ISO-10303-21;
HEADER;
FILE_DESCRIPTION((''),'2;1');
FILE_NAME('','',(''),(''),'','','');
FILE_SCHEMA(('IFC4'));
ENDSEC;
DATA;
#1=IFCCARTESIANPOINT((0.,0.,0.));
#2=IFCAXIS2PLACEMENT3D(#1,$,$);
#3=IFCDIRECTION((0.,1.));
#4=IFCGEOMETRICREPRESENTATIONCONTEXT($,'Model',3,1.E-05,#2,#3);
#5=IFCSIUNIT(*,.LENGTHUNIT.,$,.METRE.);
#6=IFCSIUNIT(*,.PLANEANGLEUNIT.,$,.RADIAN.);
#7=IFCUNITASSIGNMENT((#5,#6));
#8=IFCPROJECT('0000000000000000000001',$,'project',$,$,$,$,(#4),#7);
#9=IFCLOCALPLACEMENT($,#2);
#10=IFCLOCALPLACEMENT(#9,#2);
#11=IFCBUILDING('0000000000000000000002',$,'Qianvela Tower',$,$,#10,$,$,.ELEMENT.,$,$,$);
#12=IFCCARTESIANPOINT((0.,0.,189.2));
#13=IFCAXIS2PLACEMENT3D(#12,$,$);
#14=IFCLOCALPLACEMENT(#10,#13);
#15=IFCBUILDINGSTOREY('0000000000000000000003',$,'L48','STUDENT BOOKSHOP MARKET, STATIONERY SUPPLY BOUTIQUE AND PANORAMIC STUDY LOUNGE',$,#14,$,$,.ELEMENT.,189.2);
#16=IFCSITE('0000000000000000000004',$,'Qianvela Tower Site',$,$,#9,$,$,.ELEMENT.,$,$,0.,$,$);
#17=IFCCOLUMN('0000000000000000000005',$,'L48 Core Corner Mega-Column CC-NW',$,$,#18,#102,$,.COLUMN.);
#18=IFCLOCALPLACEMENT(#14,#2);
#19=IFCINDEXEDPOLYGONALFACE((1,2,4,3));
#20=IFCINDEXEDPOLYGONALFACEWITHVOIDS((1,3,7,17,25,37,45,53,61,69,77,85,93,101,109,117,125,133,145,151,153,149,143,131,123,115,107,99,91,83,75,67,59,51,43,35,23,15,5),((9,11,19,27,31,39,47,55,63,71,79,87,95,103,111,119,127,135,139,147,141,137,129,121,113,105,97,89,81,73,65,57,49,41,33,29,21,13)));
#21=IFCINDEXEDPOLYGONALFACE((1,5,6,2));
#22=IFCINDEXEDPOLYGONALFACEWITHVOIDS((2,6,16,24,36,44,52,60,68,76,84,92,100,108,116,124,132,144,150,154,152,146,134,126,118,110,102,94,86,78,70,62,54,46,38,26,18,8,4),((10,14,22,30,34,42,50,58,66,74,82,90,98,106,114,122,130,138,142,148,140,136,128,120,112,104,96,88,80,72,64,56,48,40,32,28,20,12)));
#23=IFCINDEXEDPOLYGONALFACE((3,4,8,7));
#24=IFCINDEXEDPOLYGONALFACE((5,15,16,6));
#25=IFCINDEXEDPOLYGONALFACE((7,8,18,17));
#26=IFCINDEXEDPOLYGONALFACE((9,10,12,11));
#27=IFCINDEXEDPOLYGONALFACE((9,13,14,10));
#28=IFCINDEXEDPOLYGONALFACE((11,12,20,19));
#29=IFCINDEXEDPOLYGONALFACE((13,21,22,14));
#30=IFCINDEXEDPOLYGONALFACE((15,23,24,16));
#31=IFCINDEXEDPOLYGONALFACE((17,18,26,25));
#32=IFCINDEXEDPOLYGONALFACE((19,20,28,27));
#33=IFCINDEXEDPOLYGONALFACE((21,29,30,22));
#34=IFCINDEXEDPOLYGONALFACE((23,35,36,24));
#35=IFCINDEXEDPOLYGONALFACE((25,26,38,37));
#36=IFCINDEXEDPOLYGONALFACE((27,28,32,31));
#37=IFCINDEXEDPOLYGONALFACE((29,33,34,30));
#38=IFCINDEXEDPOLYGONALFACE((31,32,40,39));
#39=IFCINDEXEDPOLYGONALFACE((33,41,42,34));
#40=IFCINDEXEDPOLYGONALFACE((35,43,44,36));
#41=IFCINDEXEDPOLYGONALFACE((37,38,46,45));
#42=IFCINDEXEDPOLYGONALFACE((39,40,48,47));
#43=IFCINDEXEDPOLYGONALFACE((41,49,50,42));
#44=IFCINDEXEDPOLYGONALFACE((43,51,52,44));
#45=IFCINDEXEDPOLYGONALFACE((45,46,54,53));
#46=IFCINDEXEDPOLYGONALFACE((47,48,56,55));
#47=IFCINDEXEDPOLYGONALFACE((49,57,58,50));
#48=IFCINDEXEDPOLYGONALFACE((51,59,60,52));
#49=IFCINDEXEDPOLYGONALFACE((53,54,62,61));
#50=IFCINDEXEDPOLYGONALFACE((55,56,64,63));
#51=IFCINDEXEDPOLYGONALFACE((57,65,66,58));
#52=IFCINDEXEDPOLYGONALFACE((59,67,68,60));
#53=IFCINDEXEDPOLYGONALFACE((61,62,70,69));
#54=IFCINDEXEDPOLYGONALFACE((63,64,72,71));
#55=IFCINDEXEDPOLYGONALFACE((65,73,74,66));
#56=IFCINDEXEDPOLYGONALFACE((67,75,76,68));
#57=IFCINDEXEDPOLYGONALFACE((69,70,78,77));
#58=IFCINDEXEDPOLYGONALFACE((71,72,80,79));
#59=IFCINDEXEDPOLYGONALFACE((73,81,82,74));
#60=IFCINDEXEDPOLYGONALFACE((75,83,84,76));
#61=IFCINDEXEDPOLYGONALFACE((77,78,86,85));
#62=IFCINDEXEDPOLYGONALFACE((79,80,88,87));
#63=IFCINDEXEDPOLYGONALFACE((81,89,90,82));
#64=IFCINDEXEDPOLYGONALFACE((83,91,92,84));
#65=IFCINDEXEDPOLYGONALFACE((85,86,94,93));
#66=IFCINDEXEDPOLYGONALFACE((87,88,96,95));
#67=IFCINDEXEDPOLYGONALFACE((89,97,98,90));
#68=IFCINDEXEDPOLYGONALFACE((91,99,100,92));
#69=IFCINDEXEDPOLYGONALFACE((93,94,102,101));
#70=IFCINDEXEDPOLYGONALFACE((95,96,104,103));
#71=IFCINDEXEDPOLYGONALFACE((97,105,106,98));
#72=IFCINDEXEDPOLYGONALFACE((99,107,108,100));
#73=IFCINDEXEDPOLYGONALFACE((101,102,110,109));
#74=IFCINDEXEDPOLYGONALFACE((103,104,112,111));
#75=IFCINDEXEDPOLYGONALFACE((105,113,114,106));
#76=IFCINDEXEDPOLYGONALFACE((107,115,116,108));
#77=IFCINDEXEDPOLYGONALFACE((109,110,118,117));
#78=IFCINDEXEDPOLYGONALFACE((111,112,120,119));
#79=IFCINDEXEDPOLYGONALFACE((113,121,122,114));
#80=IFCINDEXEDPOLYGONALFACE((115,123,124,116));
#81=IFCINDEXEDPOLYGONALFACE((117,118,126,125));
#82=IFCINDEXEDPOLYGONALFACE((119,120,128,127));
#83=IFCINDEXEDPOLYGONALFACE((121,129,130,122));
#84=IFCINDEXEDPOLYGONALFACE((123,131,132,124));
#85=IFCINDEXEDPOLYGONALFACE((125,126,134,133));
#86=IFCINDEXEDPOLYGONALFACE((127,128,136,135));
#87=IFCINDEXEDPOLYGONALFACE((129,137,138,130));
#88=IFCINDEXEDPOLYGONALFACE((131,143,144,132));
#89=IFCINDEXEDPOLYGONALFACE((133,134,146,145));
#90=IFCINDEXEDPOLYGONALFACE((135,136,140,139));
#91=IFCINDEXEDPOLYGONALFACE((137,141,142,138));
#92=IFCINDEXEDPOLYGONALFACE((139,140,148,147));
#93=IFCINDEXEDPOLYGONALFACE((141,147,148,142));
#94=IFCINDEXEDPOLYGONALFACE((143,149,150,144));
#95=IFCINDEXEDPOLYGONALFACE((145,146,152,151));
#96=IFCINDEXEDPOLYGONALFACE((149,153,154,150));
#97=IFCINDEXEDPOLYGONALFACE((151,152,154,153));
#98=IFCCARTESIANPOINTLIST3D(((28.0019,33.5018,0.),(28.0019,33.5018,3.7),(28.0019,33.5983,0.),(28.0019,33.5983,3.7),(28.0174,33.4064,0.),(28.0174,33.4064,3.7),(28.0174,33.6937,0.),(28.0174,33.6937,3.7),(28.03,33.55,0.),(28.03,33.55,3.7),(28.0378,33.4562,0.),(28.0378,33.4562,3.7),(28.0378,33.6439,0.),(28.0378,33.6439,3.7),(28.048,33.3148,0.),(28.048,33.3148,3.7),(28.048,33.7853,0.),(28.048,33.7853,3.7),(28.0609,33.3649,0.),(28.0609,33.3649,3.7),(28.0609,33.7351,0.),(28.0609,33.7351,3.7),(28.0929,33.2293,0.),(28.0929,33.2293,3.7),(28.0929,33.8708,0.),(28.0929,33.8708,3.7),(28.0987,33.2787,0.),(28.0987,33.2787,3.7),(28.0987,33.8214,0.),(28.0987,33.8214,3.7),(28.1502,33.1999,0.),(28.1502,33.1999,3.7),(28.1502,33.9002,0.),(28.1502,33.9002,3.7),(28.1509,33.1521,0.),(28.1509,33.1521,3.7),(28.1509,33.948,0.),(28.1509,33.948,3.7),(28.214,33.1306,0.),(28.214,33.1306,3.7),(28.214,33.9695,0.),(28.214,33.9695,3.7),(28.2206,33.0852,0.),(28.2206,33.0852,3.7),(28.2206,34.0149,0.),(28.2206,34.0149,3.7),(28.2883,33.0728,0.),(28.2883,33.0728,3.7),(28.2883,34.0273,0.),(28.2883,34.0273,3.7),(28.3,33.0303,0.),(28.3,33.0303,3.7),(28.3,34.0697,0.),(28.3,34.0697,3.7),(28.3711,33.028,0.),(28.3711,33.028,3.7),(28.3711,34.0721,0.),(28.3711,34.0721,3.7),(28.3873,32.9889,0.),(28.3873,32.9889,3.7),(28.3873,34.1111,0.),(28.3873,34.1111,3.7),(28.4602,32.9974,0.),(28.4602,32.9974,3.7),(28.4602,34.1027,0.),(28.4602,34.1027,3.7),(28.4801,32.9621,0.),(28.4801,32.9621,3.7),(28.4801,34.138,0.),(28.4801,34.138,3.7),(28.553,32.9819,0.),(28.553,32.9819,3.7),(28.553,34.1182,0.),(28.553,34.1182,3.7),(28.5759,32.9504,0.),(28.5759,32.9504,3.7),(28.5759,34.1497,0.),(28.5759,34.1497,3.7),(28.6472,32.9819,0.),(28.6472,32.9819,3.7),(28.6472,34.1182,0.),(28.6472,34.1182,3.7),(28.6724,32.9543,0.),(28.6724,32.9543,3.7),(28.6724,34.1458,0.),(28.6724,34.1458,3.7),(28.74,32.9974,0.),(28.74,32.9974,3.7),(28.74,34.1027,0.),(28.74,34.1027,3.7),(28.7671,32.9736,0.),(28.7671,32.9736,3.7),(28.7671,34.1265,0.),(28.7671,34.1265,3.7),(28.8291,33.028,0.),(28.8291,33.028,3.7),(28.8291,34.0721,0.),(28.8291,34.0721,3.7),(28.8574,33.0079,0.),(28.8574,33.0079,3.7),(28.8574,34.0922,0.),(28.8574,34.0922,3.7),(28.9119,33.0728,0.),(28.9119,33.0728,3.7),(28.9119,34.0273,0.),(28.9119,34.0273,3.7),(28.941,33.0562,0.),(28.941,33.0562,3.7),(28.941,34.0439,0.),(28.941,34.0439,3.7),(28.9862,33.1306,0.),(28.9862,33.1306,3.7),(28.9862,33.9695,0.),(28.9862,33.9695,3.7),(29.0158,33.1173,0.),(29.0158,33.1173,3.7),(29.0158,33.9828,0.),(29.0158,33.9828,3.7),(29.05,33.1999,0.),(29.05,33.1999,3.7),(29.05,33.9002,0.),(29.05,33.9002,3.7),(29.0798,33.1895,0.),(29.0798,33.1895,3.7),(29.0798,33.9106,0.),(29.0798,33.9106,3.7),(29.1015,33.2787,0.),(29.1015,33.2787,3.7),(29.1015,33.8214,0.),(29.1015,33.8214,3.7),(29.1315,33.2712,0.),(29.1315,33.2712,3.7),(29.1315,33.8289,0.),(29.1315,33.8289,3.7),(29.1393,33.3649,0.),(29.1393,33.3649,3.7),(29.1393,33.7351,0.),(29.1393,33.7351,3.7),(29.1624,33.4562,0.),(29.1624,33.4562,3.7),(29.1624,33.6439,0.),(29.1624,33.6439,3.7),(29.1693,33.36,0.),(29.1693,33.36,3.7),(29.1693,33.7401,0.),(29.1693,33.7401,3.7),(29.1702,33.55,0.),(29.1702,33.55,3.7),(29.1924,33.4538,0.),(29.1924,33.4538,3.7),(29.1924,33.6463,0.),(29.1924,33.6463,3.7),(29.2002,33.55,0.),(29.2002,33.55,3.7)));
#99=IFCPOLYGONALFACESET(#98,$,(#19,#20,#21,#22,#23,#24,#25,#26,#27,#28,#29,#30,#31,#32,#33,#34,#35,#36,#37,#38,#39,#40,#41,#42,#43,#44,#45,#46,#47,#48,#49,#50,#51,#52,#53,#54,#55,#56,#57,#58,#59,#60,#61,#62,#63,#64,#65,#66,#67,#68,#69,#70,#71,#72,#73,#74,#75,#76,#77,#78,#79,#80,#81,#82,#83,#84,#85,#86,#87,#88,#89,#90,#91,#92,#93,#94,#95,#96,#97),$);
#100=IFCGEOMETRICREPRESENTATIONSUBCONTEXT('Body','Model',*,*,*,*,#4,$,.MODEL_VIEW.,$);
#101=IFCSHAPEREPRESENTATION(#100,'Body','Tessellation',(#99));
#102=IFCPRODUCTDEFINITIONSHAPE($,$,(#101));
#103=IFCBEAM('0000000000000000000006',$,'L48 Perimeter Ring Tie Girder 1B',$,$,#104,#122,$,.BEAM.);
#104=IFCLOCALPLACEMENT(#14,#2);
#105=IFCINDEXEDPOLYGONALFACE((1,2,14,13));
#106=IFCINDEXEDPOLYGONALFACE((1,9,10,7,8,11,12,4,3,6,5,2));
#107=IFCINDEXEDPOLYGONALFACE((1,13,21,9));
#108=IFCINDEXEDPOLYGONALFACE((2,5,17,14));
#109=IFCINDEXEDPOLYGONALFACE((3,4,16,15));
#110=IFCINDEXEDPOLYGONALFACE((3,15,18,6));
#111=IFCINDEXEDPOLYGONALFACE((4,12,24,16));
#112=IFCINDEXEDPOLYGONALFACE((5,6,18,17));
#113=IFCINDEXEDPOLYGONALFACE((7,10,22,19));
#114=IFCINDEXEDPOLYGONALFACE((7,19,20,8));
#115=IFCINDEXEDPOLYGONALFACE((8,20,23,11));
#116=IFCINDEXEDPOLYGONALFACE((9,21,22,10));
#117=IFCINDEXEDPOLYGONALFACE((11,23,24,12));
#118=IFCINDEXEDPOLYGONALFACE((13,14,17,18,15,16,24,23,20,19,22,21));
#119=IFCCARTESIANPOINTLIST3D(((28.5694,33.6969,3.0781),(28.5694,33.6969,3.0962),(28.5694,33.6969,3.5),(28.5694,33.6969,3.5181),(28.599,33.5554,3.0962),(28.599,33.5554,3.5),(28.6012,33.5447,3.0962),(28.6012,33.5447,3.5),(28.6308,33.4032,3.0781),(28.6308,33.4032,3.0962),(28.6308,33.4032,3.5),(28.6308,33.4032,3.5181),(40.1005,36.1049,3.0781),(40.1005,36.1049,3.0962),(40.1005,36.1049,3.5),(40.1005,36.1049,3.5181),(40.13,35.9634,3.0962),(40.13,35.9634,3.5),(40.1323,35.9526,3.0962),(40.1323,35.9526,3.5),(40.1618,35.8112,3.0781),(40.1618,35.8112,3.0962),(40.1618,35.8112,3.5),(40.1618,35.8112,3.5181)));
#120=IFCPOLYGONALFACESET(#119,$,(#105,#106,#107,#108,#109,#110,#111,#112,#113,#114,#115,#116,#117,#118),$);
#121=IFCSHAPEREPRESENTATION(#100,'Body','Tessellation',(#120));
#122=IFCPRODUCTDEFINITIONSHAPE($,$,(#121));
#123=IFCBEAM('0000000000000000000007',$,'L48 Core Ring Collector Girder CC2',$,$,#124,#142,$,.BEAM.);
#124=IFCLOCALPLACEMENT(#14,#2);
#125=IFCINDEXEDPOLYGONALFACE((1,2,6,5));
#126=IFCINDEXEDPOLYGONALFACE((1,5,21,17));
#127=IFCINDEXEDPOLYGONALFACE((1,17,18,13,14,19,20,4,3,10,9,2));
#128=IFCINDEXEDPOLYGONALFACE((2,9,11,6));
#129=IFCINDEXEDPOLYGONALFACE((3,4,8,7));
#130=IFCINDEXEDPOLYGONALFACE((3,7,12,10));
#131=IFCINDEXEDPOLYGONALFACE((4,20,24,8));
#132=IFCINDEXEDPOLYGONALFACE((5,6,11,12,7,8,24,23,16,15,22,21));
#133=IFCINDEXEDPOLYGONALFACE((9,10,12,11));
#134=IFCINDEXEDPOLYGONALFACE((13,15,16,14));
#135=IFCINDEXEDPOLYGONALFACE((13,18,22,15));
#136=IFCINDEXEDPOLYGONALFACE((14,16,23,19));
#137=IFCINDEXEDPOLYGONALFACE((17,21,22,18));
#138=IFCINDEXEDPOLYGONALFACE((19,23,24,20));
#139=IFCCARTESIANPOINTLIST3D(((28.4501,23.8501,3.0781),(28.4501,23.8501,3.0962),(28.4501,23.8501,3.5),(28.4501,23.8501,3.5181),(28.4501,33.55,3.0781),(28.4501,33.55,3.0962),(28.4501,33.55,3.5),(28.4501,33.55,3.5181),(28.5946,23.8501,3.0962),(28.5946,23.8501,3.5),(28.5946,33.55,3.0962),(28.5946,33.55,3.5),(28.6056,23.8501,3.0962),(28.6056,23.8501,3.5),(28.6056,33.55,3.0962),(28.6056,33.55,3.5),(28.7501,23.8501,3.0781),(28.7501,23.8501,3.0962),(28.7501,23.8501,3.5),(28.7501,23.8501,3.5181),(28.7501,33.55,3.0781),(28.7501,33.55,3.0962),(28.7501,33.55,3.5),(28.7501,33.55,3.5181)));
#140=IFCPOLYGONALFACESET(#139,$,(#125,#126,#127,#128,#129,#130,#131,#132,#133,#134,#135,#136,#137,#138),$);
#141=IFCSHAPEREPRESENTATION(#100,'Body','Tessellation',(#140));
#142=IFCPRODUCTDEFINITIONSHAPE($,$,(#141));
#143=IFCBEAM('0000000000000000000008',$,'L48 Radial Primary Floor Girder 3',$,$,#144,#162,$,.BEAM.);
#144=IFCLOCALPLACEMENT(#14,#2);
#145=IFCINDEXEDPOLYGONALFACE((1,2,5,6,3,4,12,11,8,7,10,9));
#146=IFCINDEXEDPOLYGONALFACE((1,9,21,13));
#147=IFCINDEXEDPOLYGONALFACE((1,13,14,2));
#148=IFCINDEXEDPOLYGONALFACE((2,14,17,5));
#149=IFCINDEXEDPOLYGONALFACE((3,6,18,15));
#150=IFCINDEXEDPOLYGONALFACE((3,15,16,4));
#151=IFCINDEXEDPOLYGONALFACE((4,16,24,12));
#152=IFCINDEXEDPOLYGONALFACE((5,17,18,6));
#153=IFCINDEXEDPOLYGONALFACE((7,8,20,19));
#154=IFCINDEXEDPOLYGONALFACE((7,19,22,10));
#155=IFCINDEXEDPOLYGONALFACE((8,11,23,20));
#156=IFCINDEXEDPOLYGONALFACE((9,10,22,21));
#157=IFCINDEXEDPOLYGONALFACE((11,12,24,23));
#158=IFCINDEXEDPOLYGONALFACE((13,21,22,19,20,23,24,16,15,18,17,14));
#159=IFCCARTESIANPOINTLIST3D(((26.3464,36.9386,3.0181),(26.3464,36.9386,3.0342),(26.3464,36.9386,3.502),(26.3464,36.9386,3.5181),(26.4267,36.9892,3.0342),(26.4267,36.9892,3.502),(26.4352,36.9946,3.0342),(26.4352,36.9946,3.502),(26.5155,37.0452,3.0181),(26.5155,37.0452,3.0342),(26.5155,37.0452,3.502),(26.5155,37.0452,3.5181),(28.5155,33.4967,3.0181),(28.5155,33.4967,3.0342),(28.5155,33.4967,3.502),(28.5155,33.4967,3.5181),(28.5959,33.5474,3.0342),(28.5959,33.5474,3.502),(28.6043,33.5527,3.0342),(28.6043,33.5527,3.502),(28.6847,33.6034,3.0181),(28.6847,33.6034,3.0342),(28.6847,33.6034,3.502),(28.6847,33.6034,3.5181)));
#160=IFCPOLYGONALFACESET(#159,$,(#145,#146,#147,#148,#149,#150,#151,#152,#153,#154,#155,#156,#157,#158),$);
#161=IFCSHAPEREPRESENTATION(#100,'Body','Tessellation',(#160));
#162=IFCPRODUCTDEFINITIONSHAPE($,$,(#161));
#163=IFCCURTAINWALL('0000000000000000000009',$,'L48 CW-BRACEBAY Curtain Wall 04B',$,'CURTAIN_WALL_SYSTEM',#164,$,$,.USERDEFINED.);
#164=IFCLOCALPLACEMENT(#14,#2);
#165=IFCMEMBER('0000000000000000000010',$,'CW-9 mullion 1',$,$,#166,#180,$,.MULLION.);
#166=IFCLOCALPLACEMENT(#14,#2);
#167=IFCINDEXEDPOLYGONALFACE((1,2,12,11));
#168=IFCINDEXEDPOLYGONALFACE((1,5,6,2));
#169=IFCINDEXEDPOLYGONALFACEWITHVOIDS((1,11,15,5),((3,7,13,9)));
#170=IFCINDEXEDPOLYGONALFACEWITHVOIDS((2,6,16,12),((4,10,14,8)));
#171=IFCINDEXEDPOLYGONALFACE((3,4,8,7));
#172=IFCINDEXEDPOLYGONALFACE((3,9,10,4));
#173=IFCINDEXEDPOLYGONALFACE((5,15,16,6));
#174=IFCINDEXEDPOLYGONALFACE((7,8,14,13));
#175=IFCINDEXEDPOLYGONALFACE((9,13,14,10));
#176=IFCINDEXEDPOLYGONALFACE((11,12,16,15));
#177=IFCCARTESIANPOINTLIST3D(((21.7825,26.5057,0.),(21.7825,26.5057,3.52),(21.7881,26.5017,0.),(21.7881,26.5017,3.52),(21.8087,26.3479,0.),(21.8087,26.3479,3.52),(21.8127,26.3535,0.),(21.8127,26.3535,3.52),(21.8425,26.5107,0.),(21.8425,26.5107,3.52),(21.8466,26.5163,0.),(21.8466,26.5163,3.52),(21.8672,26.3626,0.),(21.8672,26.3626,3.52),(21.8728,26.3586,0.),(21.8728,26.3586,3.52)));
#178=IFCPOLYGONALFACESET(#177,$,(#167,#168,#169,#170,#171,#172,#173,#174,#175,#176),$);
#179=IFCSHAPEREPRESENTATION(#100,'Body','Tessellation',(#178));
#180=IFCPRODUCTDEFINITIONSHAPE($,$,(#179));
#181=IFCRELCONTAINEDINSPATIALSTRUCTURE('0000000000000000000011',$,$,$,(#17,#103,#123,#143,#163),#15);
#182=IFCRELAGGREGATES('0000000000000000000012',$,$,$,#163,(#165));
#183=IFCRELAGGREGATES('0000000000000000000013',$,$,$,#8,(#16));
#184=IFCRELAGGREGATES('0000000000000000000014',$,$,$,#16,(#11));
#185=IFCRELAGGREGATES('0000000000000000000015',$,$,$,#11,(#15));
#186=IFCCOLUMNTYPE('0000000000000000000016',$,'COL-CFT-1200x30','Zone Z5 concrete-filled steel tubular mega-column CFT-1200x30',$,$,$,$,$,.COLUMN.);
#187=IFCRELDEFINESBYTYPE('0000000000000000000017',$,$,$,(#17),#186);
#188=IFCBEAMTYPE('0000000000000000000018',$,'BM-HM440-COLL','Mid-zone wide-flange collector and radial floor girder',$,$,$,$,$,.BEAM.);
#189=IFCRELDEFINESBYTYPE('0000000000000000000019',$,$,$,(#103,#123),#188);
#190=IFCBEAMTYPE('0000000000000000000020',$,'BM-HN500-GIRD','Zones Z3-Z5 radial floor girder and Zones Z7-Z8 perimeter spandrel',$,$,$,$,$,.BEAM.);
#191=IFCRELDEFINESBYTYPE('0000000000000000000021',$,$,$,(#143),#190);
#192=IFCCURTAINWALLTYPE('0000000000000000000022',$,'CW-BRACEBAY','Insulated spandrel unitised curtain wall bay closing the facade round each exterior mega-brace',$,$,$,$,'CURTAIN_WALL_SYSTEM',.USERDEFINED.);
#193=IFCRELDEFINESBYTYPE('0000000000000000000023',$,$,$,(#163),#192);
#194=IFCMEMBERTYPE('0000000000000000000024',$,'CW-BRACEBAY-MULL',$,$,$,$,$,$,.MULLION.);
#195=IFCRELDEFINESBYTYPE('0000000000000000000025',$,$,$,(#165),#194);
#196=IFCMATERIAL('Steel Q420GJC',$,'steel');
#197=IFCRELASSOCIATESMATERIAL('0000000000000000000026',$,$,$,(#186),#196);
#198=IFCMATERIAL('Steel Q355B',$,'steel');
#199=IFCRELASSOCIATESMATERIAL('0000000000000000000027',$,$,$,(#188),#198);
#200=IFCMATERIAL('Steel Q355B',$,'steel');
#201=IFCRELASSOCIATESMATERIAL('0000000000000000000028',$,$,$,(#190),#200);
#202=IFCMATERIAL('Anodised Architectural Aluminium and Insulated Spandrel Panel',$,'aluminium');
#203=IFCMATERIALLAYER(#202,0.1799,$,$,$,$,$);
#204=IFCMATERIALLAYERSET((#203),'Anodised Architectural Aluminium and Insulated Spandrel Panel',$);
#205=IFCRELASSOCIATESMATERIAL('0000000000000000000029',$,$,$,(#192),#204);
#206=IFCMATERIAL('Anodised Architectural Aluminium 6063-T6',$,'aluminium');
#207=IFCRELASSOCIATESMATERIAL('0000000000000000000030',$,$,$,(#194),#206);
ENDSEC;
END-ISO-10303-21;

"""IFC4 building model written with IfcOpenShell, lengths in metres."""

from ifc_helpers import new_model, si_unit, direction, frame, origin, origin_2d, place, context, subcontext, project, spatial, hollow_rectangle, hollow_circle, i_section, extrude, material, layer, layer_set, material_profile, profile_set, type_object, element, aggregate, save


model = new_model("IFC4")

# Units and contexts
model_context = context("Model", 3, precision=1e-05, world=origin(), true_north=direction((0.0, 1.0)))
body_context = subcontext(model_context, "Body", "Model", "MODEL_VIEW")
ifc_project = project(units=[si_unit("LENGTHUNIT", "METRE"), si_unit("PLANEANGLEUNIT", "RADIAN")], contexts=[model_context])

# Site, building, storey
site_placement = place(None, origin())
site = spatial("IfcSite", under=ifc_project, at=site_placement, Name="Qianvela Tower Site", CompositionType="ELEMENT", RefElevation=0.0)
building_placement = place(site_placement, origin())
building = spatial("IfcBuilding", under=site, at=building_placement, Name="Qianvela Tower", CompositionType="ELEMENT")
storey_placement = place(building_placement, frame((0.0, 0.0, 189.2)))
storey = spatial("IfcBuildingStorey", under=building, at=storey_placement, Name="L48", Description="STUDENT BOOKSHOP MARKET, STATIONERY SUPPLY BOUTIQUE AND PANORAMIC STUDY LOUNGE", CompositionType="ELEMENT", Elevation=189.2)

# Column
ifc_material_1 = material(Name="Steel Q420GJC", Category="steel")
ifc_material_profile_1 = material_profile(ifc_material_1, hollow_circle(Radius=0.6001, WallThickness=0.03, at=origin_2d()), Name="CFT-1200x30")
ifc_profile_set_1 = profile_set([ifc_material_profile_1], Name="Steel Q420GJC")
column_type = type_object("IfcColumnType", Name="COL-CFT-1200x30", Description="Zone Z5 concrete-filled steel tubular mega-column CFT-1200x30", PredefinedType="COLUMN", material=ifc_profile_set_1)
column_placement = place(storey_placement, frame((28.6001, 33.55, 0.0), z_axis=(0.0, 0.0, 1.0), x_axis=(1.0, 0.0, 0.0)))
element("IfcColumn", 1, at=column_placement, inside=storey, type_object=column_type, Name="L48 Core Corner Mega-Column CC-NW", PredefinedType="COLUMN", context=body_context, shape_type="SweptSolid", body=[
    extrude(hollow_circle(Radius=0.6001, WallThickness=0.03, at=origin_2d()), origin(), (0.0, 0.0, 1.0), 3.7),
])

# Beams
ifc_material_2 = material(Name="Steel Q355B", Category="steel")
ifc_material_profile_2 = material_profile(ifc_material_2, i_section(OverallWidth=0.3, OverallDepth=0.4399, WebThickness=0.011, FlangeThickness=0.0181, at=origin_2d()), Name="HM440x300x11x18")
ifc_profile_set_2 = profile_set([ifc_material_profile_2], Name="Steel Q355B")
beam_type_1 = type_object("IfcBeamType", Name="BM-HM440-COLL", Description="Mid-zone wide-flange collector and radial floor girder", PredefinedType="BEAM", material=ifc_profile_set_2)
beam_1_placement = place(storey_placement, frame((28.6001, 33.55, 3.2981), z_axis=(0.978884, 0.204415, 0.0), x_axis=(-0.204415, 0.978884, 0.0)))
element("IfcBeam", 2, at=beam_1_placement, inside=storey, type_object=beam_type_1, Name="L48 Perimeter Ring Tie Girder 1B", PredefinedType="BEAM", context=body_context, shape_type="SweptSolid", body=[
    extrude(i_section(OverallWidth=0.3, OverallDepth=0.4399, WebThickness=0.011, FlangeThickness=0.0181, at=origin_2d()), origin(), (0.0, 0.0, 1.0), 11.7798),
])
beam_2_placement = place(storey_placement, frame((28.6001, 33.55, 3.2981), z_axis=(0.0, -1.0, 0.0), x_axis=(1.0, 0.0, 0.0)))
element("IfcBeam", 3, at=beam_2_placement, inside=storey, type_object=beam_type_1, Name="L48 Core Ring Collector Girder CC2", PredefinedType="BEAM", context=body_context, shape_type="SweptSolid", body=[
    extrude(i_section(OverallWidth=0.3, OverallDepth=0.4399, WebThickness=0.011, FlangeThickness=0.0181, at=origin_2d()), origin(), (0.0, 0.0, 1.0), 9.7),
])
ifc_material_3 = material(Name="Steel Q355B", Category="steel")
ifc_material_profile_3 = material_profile(ifc_material_3, i_section(OverallWidth=0.2, OverallDepth=0.5, WebThickness=0.01, FlangeThickness=0.0161, at=origin_2d()), Name="HN500x200x10x16")
ifc_profile_set_3 = profile_set([ifc_material_profile_3], Name="Steel Q355B")
beam_type_2 = type_object("IfcBeamType", Name="BM-HN500-GIRD", Description="Zones Z3-Z5 radial floor girder and Zones Z7-Z8 perimeter spandrel", PredefinedType="BEAM", material=ifc_profile_set_3)
beam_3_placement = place(storey_placement, frame((28.6001, 33.55, 3.2681), z_axis=(-0.533178, 0.846003, 0.0), x_axis=(-0.846003, -0.533178, 0.0)))
element("IfcBeam", 4, at=beam_3_placement, inside=storey, type_object=beam_type_2, Name="L48 Radial Primary Floor Girder 3", PredefinedType="BEAM", context=body_context, shape_type="SweptSolid", body=[
    extrude(i_section(OverallWidth=0.2, OverallDepth=0.5, WebThickness=0.01, FlangeThickness=0.0161, at=origin_2d()), origin(), (0.0, 0.0, 1.0), 4.0684),
])

# Curtain wall, member
ifc_material_4 = material(Name="Anodised Architectural Aluminium and Insulated Spandrel Panel", Category="aluminium")
ifc_layer_1 = layer(ifc_material_4, 0.1799)
ifc_layer_set_1 = layer_set([ifc_layer_1], Name="Anodised Architectural Aluminium and Insulated Spandrel Panel")
curtain_wall_type_1 = type_object("IfcCurtainWallType", Name="CW-BRACEBAY", Description="Insulated spandrel unitised curtain wall bay closing the facade round each exterior mega-brace", ElementType="CURTAIN_WALL_SYSTEM", PredefinedType="USERDEFINED", material=ifc_layer_set_1)
curtain_wall_1_placement = place(storey_placement, origin())
curtain_wall_1 = element("IfcCurtainWall", 5, at=curtain_wall_1_placement, inside=storey, type_object=curtain_wall_type_1, Name="L48 CW-BRACEBAY Curtain Wall 04B", ObjectType="CURTAIN_WALL_SYSTEM", PredefinedType="USERDEFINED")
ifc_material_5 = material(Name="Anodised Architectural Aluminium 6063-T6", Category="aluminium")
ifc_material_profile_4 = material_profile(ifc_material_5, hollow_rectangle(XDim=0.0649, YDim=0.1599, WallThickness=0.0049, at=origin_2d()), Name="ALU-MULL-65x160")
ifc_profile_set_4 = profile_set([ifc_material_profile_4], Name="Anodised Architectural Aluminium 6063-T6")
member_type_1 = type_object("IfcMemberType", Name="CW-BRACEBAY-MULL", PredefinedType="MULLION", material=ifc_profile_set_4)
member_1_placement = place(storey_placement, frame((21.8276, 26.4321, 0.0), z_axis=(0.0, 0.0, 1.0), x_axis=(0.986459, 0.16401, 0.0)))
member_1 = element("IfcMember", 6, at=member_1_placement, type_object=member_type_1, Name="CW-9 mullion 1", PredefinedType="MULLION", context=body_context, shape_type="SweptSolid", body=[
    extrude(hollow_rectangle(XDim=0.0649, YDim=0.1599, WallThickness=0.0049, at=origin_2d()), origin(), (0.0, 0.0, 1.0), 3.52),
])
aggregate(curtain_wall_1, [member_1])

save(model, "model.ifc")
